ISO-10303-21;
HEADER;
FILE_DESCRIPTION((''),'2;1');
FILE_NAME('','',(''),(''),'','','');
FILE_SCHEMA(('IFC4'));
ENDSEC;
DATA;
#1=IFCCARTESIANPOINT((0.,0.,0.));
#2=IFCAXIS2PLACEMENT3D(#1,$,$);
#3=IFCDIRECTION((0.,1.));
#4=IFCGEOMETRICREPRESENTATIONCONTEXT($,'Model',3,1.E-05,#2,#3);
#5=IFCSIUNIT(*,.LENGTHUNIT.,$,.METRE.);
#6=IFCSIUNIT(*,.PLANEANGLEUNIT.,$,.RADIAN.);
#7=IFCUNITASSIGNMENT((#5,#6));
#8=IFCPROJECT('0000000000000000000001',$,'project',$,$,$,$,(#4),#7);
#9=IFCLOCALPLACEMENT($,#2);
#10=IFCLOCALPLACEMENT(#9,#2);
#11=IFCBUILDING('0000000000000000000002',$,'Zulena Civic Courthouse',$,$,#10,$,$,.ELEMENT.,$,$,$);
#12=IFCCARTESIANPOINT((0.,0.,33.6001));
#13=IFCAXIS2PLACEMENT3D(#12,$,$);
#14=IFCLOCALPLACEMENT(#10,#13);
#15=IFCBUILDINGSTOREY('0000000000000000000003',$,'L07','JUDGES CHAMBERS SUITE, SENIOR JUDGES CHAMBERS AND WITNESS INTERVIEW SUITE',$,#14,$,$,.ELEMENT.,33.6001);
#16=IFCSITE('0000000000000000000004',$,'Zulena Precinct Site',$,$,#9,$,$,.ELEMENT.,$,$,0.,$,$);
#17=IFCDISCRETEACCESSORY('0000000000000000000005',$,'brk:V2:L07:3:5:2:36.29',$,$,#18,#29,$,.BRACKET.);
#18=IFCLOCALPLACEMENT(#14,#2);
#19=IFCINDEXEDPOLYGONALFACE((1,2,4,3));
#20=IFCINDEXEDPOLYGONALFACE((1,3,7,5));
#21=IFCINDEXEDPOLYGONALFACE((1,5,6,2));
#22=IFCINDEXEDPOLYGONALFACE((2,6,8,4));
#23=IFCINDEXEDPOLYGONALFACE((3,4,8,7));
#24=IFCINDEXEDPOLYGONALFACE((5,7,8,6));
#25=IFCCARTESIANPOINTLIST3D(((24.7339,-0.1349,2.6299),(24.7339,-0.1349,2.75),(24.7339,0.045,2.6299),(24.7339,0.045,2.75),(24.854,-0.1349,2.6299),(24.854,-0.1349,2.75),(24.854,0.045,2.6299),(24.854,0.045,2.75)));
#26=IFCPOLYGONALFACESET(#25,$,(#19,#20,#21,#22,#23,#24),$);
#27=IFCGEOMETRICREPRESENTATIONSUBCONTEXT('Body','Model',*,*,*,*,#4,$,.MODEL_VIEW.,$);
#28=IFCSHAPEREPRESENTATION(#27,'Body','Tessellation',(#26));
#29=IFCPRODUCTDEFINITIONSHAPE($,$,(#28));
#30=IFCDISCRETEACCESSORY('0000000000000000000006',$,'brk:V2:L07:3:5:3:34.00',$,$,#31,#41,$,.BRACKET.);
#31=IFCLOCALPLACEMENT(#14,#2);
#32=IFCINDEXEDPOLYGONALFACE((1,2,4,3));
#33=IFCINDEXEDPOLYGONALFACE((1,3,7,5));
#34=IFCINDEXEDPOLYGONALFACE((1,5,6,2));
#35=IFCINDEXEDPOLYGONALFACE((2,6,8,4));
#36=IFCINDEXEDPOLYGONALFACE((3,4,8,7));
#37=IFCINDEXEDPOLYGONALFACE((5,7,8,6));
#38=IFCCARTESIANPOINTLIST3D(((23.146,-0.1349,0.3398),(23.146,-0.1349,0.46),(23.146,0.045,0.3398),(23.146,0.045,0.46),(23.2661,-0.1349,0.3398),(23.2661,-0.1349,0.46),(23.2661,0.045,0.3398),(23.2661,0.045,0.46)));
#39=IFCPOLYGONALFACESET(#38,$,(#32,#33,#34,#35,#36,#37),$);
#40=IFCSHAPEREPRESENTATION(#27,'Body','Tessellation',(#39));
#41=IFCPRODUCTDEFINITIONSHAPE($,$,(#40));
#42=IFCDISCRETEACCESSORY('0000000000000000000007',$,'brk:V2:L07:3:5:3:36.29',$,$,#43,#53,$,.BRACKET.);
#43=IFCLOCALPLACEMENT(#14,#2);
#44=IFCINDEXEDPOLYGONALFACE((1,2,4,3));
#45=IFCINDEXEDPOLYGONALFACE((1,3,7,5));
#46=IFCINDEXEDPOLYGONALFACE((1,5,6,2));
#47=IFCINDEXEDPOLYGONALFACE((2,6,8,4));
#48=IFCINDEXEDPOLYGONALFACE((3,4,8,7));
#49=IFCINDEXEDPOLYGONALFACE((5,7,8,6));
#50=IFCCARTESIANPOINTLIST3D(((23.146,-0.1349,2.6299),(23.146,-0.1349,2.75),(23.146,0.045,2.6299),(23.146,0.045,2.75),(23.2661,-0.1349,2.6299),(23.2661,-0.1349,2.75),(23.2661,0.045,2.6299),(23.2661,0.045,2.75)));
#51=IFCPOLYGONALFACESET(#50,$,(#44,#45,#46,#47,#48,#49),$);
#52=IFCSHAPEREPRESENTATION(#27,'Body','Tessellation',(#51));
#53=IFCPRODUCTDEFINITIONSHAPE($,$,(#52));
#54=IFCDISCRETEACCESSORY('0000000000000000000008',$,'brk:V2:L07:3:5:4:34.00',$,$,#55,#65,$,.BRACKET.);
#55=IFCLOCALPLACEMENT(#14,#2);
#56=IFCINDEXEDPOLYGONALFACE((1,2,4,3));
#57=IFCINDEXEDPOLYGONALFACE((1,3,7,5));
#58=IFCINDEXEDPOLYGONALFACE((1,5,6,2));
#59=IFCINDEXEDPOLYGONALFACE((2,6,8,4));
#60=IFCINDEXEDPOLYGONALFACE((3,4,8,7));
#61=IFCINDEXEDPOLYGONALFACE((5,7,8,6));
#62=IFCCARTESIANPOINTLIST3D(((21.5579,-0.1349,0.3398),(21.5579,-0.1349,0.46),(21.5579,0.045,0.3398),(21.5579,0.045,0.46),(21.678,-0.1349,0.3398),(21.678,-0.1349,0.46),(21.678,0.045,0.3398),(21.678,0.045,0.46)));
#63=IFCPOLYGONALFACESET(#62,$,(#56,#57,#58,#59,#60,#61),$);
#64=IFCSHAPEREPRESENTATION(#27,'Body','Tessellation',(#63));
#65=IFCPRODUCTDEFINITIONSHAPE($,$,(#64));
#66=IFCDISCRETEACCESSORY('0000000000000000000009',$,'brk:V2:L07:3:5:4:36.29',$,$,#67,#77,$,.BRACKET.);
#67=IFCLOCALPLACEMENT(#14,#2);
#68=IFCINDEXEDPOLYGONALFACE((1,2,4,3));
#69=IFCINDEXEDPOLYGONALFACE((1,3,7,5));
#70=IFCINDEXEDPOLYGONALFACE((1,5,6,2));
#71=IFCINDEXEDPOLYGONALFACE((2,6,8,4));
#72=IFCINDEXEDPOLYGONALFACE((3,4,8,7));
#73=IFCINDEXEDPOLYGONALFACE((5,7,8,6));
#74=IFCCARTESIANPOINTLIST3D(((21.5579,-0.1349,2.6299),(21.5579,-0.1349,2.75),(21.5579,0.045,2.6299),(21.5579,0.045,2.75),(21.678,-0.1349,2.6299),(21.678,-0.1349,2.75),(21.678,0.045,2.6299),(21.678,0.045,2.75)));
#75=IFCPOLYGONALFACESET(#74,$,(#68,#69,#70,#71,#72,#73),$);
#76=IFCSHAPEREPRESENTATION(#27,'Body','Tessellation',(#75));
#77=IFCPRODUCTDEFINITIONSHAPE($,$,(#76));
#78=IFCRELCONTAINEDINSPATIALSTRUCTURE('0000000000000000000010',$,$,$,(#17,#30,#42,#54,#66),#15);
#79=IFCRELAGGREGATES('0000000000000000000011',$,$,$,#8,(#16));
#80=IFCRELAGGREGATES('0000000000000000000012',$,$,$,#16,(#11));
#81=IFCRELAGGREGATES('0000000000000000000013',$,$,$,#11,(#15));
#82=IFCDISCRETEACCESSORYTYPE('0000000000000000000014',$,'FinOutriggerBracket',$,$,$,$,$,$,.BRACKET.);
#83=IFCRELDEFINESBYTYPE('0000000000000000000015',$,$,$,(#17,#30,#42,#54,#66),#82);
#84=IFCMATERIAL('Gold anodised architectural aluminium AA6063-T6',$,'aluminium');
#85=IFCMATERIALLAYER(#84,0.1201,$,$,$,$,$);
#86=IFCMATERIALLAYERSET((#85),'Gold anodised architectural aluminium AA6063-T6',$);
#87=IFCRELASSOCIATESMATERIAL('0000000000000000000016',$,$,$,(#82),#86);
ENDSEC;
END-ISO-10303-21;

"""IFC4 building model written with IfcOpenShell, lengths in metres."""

from ifc_helpers import new_model, si_unit, direction, frame, origin, origin_2d, place, context, subcontext, project, spatial, rectangle, extrude, material, layer, layer_set, type_object, element, save


model = new_model("IFC4")

# Units and contexts
model_context = context("Model", 3, precision=1e-05, world=origin(), true_north=direction((0.0, 1.0)))
body_context = subcontext(model_context, "Body", "Model", "MODEL_VIEW")
ifc_project = project(units=[si_unit("LENGTHUNIT", "METRE"), si_unit("PLANEANGLEUNIT", "RADIAN")], contexts=[model_context])

# Site, building, storey
site_placement = place(None, origin())
site = spatial("IfcSite", under=ifc_project, at=site_placement, Name="Zulena Precinct Site", CompositionType="ELEMENT", RefElevation=0.0)
building_placement = place(site_placement, origin())
building = spatial("IfcBuilding", under=site, at=building_placement, Name="Zulena Civic Courthouse", CompositionType="ELEMENT")
storey_placement = place(building_placement, frame((0.0, 0.0, 33.6001)))
storey = spatial("IfcBuildingStorey", under=building, at=storey_placement, Name="L07", Description="JUDGES CHAMBERS SUITE, SENIOR JUDGES CHAMBERS AND WITNESS INTERVIEW SUITE", CompositionType="ELEMENT", Elevation=33.6001)

# Shared definitions
ifc_material_1 = material(Name="Gold anodised architectural aluminium AA6063-T6", Category="aluminium")

# Discrete accessories
ifc_layer_1 = layer(ifc_material_1, 0.1201)
ifc_layer_set_1 = layer_set([ifc_layer_1], Name="Gold anodised architectural aluminium AA6063-T6")
discrete_accessory_type = type_object("IfcDiscreteAccessoryType", Name="FinOutriggerBracket", PredefinedType="BRACKET", material=ifc_layer_set_1)
for number, where, z_axis, x_axis, name in (
    (1, (24.7939, -0.0449, 2.6299), (0.0, 0.0, 1.0), (0.0, -1.0, 0.0), "brk:V2:L07:3:5:2:36.29"),
    (2, (23.2061, -0.0449, 0.3398), (0.0, 0.0, 1.0), (0.0, -1.0, 0.0), "brk:V2:L07:3:5:3:34.00"),
    (3, (23.2061, -0.0449, 2.6299), (0.0, 0.0, 1.0), (0.0, -1.0, 0.0), "brk:V2:L07:3:5:3:36.29"),
    (4, (21.6179, -0.0449, 0.3398), (0.0, 0.0, 1.0), (0.0, -1.0, 0.0), "brk:V2:L07:3:5:4:34.00"),
    (5, (21.6179, -0.0449, 2.6299), (0.0, 0.0, 1.0), (0.0, -1.0, 0.0), "brk:V2:L07:3:5:4:36.29"),
):
    element("IfcDiscreteAccessory", number, at=place(storey_placement, frame(where, z_axis=z_axis, x_axis=x_axis)), inside=storey, type_object=discrete_accessory_type, Name=name, PredefinedType="BRACKET", context=body_context, shape_type="SweptSolid", body=[
        extrude(rectangle(XDim=0.1799, YDim=0.1201, at=origin_2d()), origin(), (0.0, 0.0, 1.0), 0.1201),
    ])

save(model, "model.ifc")
